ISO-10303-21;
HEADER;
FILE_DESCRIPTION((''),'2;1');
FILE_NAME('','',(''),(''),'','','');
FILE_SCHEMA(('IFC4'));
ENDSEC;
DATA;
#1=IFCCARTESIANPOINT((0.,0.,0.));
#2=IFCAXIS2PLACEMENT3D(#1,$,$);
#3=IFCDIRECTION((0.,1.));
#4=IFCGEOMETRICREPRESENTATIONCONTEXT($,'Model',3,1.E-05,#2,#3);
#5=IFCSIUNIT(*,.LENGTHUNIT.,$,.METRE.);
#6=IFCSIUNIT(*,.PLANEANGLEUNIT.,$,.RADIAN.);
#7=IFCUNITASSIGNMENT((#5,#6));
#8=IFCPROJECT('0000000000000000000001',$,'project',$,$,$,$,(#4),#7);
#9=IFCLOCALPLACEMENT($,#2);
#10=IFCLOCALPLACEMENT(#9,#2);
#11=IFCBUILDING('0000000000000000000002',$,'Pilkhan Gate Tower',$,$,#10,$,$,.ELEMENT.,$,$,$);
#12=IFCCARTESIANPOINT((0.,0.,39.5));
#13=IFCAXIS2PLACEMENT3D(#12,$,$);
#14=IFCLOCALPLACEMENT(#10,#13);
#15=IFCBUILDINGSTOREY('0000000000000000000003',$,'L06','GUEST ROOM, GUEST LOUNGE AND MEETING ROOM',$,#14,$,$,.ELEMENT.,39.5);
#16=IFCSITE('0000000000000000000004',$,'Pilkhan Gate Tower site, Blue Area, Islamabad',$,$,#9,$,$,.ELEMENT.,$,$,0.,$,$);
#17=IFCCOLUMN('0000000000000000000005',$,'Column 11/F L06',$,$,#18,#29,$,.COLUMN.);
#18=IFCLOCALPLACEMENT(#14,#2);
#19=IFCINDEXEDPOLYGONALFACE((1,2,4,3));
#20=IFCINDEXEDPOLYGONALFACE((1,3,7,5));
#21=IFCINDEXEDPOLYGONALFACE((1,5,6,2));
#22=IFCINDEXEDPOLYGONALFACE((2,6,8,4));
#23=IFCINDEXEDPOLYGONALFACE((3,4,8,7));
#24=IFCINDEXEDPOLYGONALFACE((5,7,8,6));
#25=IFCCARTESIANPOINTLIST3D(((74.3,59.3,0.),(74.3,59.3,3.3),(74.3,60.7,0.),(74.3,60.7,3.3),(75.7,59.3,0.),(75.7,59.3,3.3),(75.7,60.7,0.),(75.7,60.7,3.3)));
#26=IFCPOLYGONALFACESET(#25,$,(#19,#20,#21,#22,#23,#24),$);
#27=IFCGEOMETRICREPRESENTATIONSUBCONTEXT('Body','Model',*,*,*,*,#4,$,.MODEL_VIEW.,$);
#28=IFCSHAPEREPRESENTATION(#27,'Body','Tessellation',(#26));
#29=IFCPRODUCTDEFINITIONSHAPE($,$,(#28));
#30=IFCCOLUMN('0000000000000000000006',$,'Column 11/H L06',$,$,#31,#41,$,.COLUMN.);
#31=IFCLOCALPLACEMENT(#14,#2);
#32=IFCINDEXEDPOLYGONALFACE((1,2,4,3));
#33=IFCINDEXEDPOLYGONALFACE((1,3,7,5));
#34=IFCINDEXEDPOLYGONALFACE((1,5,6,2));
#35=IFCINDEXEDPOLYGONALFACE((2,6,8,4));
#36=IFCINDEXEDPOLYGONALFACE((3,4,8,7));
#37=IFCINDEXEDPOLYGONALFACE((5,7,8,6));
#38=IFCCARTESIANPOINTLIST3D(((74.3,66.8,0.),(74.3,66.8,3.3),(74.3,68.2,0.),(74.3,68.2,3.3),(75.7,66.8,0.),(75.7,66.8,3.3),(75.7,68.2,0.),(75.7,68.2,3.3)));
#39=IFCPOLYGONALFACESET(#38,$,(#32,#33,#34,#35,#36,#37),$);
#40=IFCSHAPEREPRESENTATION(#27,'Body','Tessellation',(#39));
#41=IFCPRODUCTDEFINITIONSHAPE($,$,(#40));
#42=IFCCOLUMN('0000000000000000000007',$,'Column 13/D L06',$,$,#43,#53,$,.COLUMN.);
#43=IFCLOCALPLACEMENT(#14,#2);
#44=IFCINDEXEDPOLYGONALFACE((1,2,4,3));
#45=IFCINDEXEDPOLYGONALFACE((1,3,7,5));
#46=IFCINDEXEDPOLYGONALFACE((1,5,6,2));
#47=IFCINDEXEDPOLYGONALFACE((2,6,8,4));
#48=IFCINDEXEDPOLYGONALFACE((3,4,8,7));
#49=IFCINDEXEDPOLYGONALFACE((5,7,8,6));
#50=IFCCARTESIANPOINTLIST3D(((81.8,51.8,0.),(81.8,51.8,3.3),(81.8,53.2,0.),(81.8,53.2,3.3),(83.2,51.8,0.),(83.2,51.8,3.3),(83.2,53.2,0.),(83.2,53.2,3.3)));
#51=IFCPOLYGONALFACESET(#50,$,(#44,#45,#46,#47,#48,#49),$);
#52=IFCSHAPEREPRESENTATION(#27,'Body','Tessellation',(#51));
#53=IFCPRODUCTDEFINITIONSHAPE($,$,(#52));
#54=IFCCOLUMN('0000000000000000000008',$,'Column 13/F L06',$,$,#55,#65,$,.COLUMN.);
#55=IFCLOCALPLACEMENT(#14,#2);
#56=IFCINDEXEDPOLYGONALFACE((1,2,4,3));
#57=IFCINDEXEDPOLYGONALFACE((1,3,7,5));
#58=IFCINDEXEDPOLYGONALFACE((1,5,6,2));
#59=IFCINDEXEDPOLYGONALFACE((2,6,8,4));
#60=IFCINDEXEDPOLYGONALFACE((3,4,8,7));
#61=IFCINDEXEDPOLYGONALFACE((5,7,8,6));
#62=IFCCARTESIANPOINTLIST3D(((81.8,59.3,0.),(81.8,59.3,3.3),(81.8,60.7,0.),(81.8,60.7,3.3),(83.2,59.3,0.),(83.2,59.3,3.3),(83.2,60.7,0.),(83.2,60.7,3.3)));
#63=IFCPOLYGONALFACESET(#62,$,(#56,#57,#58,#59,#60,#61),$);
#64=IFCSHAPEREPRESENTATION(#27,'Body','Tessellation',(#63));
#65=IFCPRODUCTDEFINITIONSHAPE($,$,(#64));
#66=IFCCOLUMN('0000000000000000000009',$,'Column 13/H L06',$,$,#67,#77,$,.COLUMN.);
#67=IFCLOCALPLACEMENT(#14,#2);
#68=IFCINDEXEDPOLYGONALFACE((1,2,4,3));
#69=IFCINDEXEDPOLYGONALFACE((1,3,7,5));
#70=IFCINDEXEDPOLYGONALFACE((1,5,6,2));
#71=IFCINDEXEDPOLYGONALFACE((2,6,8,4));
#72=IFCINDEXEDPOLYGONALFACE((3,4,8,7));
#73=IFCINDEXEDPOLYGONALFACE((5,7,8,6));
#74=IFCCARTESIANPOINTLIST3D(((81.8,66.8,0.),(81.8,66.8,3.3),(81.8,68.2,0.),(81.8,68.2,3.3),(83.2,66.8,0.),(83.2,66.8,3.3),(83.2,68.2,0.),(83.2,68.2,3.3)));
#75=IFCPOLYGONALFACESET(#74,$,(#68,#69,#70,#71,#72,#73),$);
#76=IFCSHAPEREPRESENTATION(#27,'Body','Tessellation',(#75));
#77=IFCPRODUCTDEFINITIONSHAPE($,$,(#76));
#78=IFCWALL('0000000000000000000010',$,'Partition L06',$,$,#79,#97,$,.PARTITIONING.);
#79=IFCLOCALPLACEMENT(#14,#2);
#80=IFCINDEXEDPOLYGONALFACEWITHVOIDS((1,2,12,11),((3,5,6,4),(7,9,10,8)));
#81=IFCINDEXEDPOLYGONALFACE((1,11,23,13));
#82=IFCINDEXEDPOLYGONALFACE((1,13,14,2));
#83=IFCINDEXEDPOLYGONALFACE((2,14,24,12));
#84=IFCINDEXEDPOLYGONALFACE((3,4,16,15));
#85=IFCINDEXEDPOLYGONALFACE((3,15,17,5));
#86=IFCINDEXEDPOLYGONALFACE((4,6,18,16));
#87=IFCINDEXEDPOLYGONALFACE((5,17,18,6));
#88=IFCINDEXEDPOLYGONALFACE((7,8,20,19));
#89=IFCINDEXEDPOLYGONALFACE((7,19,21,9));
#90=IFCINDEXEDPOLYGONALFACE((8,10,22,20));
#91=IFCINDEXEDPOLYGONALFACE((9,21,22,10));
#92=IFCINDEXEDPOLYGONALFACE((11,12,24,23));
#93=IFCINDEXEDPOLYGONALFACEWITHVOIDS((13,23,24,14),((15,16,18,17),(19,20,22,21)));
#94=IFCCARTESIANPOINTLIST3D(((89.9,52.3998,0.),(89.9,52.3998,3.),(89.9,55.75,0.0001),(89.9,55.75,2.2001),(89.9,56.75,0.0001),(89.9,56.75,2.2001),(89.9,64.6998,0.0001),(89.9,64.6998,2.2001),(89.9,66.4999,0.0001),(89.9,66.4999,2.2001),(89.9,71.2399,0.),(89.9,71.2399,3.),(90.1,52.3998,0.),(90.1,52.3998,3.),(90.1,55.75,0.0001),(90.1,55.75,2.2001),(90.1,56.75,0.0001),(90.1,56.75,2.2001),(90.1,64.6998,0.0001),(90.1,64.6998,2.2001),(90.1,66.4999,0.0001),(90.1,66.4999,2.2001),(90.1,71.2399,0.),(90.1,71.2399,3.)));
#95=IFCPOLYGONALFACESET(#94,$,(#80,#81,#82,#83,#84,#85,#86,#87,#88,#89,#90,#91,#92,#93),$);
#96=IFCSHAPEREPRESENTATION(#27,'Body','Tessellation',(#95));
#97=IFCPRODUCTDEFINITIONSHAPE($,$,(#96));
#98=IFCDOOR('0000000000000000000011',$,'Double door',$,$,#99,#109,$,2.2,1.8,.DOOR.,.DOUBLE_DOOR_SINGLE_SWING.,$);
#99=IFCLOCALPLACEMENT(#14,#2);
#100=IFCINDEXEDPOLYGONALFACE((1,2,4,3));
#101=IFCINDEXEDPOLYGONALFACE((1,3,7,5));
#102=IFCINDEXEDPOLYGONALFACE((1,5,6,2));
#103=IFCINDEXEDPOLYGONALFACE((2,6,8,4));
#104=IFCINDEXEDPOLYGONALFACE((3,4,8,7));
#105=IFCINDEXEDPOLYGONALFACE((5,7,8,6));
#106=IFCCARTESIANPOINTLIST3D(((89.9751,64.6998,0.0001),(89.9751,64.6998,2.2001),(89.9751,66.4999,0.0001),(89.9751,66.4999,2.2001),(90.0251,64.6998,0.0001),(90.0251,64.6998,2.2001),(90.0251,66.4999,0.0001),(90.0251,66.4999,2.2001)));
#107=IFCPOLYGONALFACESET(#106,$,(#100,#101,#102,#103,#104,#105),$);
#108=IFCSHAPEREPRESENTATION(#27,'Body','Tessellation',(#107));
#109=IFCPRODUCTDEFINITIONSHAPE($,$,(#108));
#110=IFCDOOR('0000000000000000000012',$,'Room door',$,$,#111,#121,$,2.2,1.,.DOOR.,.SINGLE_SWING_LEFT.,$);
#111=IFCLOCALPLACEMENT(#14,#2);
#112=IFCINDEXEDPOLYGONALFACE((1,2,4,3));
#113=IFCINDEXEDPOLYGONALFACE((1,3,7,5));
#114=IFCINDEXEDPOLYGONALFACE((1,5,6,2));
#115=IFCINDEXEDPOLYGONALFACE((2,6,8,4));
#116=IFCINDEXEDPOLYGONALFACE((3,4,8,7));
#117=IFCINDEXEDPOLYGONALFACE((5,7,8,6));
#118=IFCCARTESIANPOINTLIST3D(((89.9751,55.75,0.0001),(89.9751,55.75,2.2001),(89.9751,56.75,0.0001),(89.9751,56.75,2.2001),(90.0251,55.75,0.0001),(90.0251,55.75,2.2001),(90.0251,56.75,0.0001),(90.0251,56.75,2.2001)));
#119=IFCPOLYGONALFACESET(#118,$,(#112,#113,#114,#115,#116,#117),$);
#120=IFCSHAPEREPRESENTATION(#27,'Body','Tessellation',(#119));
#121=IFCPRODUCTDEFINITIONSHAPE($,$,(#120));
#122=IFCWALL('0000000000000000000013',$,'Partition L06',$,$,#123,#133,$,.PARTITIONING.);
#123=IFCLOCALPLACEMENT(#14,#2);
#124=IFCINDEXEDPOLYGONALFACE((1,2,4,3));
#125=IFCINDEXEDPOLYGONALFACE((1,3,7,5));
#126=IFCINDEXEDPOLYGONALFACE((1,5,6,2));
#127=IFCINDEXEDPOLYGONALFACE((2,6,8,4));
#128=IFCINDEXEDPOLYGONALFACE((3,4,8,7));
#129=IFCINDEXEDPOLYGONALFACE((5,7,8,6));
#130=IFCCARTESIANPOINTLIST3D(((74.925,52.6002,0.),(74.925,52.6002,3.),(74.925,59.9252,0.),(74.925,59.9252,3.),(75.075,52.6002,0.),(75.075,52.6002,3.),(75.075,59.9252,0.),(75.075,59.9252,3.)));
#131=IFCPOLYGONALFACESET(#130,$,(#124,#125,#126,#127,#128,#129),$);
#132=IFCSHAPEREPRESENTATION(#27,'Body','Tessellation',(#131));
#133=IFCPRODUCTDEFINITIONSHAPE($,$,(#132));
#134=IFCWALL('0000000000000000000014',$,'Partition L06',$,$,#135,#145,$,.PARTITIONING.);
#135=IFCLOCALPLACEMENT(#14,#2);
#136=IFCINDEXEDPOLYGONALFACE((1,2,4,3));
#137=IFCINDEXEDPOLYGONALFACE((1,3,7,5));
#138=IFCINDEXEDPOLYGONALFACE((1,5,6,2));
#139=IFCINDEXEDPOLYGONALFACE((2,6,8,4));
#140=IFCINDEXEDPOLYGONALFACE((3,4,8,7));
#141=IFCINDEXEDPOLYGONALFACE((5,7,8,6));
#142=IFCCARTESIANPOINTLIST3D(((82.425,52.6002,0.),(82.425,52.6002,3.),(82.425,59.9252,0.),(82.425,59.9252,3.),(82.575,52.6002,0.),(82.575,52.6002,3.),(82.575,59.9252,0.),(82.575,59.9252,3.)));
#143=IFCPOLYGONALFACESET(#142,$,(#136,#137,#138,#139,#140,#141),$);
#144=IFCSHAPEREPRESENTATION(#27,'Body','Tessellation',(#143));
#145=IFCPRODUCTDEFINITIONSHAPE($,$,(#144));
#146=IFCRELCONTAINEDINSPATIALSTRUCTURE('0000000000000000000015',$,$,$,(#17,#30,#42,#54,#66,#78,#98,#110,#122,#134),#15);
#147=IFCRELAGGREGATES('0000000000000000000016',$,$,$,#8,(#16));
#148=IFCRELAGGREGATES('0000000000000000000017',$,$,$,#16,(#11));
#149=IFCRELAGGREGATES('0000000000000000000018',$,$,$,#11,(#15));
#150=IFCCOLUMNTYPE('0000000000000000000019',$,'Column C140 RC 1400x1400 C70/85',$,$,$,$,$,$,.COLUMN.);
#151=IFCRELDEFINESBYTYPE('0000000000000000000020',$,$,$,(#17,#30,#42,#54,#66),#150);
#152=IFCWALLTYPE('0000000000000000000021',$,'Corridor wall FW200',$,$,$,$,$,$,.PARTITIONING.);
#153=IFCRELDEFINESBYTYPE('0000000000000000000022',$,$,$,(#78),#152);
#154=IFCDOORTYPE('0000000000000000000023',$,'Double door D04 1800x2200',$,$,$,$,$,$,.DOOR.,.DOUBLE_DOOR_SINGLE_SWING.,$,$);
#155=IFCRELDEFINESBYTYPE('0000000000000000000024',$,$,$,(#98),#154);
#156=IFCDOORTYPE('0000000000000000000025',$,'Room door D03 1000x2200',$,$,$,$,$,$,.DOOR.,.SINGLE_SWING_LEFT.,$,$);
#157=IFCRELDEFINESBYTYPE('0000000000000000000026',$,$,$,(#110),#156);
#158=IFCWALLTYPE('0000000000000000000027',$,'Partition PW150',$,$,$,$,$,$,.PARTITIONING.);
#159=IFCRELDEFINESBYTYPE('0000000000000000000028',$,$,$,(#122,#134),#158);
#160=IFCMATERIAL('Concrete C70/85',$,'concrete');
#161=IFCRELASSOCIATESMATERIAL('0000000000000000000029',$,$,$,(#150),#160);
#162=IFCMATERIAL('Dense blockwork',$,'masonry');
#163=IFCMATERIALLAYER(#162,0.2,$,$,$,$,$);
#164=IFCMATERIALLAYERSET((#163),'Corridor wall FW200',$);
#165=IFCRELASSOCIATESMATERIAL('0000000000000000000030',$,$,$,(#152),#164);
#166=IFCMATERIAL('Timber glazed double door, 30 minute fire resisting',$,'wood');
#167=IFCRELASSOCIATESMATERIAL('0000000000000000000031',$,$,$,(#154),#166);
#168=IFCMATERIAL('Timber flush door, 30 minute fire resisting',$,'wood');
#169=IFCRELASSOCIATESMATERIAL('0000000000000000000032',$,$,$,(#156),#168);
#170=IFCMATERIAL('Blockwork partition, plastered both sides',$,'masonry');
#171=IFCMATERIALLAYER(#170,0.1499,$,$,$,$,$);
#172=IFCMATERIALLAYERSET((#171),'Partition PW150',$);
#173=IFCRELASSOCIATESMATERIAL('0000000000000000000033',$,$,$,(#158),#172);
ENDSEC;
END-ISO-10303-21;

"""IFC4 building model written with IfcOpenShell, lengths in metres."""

from ifc_helpers import new_model, si_unit, direction, frame, frame_2d, origin, origin_2d, place, context, subcontext, project, spatial, rectangle, extrude, material, layer, layer_set, material_profile, profile_set, type_object, element, fill, save


model = new_model("IFC4")

# Units and contexts
model_context = context("Model", 3, precision=1e-05, world=origin(), true_north=direction((0.0, 1.0)))
body_context = subcontext(model_context, "Body", "Model", "MODEL_VIEW")
ifc_project = project(units=[si_unit("LENGTHUNIT", "METRE"), si_unit("PLANEANGLEUNIT", "RADIAN")], contexts=[model_context])

# Site, building, storey
site_placement = place(None, origin())
site = spatial("IfcSite", under=ifc_project, at=site_placement, Name="Pilkhan Gate Tower site, Blue Area, Islamabad", CompositionType="ELEMENT", RefElevation=0.0)
building_placement = place(site_placement, origin())
building = spatial("IfcBuilding", under=site, at=building_placement, Name="Pilkhan Gate Tower", CompositionType="ELEMENT")
storey_placement = place(building_placement, frame((0.0, 0.0, 39.5)))
storey = spatial("IfcBuildingStorey", under=building, at=storey_placement, Name="L06", Description="GUEST ROOM, GUEST LOUNGE AND MEETING ROOM", CompositionType="ELEMENT", Elevation=39.5)

# Columns
ifc_material_1 = material(Name="Concrete C70/85", Category="concrete")
ifc_material_profile = material_profile(ifc_material_1, rectangle(XDim=1.3999, YDim=1.3999, at=origin_2d()), Name="RC 1400x1400")
ifc_profile_set = profile_set([ifc_material_profile], Name="Concrete C70/85")
column_type = type_object("IfcColumnType", Name="Column C140 RC 1400x1400 C70/85", PredefinedType="COLUMN", material=ifc_profile_set)
for number, where, z_axis, x_axis, name in (
    (1, (75.0, 60.0, 0.0), (0.0, 0.0, 1.0), (1.0, 0.0, 0.0), "Column 11/F L06"),
    (2, (75.0, 67.5, 0.0), (0.0, 0.0, 1.0), (1.0, 0.0, 0.0), "Column 11/H L06"),
    (3, (82.5, 52.5, 0.0), (0.0, 0.0, 1.0), (1.0, 0.0, 0.0), "Column 13/D L06"),
    (4, (82.5, 60.0, 0.0), (0.0, 0.0, 1.0), (1.0, 0.0, 0.0), "Column 13/F L06"),
    (5, (82.5, 67.5, 0.0), (0.0, 0.0, 1.0), (1.0, 0.0, 0.0), "Column 13/H L06"),
):
    element("IfcColumn", number, at=place(storey_placement, frame(where, z_axis=z_axis, x_axis=x_axis)), inside=storey, type_object=column_type, Name=name, PredefinedType="COLUMN", context=body_context, shape_type="SweptSolid", body=[
        extrude(rectangle(XDim=1.3999, YDim=1.3999, at=origin_2d()), origin(), (0.0, 0.0, 1.0), 3.3),
    ])

# Wall, openings, doors
ifc_material_2 = material(Name="Dense blockwork", Category="masonry")
ifc_layer_1 = layer(ifc_material_2, 0.2)
ifc_layer_set_1 = layer_set([ifc_layer_1], Name="Corridor wall FW200")
wall_type_1 = type_object("IfcWallType", Name="Corridor wall FW200", PredefinedType="PARTITIONING", material=ifc_layer_set_1)
wall_placement = place(storey_placement, frame((90.0, 52.3999, 0.0), z_axis=(0.0, 0.0, 1.0), x_axis=(0.0, 1.0, 0.0)))
wall = element("IfcWall", 6, at=wall_placement, inside=storey, type_object=wall_type_1, Name="Partition L06", PredefinedType="PARTITIONING", context=body_context, shape_type="SweptSolid", body=[
    extrude(rectangle(XDim=18.8401, YDim=0.2, at=frame_2d((9.4199, 0.0))), origin(), (0.0, 0.0, 1.0), 3.0),
])
opening_1_placement = place(wall_placement, frame((3.3501, 0.0, 0.0)))
opening_1 = element("IfcOpeningElement", 7, at=opening_1_placement, cuts=wall, PredefinedType="OPENING", context=body_context, shape_type="SweptSolid", body=[
    extrude(rectangle(XDim=1.0, YDim=2.2, at=frame_2d((0.5, 1.1001))), frame((0.0, 0.1099, 0.0), z_axis=(0.0, -1.0, 0.0), x_axis=(1.0, 0.0, 0.0)), (0.0, 0.0, 1.0), 0.22),
])
opening_2_placement = place(wall_placement, frame((12.3, 0.0, 0.0)))
opening_2 = element("IfcOpeningElement", 8, at=opening_2_placement, cuts=wall, PredefinedType="OPENING", context=body_context, shape_type="SweptSolid", body=[
    extrude(rectangle(XDim=1.8, YDim=2.2, at=frame_2d((0.8999, 1.1001))), frame((0.0, 0.1099, 0.0), z_axis=(0.0, -1.0, 0.0), x_axis=(1.0, 0.0, 0.0)), (0.0, 0.0, 1.0), 0.22),
])
ifc_material_3 = material(Name="Timber glazed double door, 30 minute fire resisting", Category="wood")
door_type_1 = type_object("IfcDoorType", Name="Double door D04 1800x2200", OperationType="DOUBLE_DOOR_SINGLE_SWING", PredefinedType="DOOR", material=ifc_material_3)
door_1_placement = place(opening_2_placement, origin())
door_1 = element("IfcDoor", 9, at=door_1_placement, inside=storey, type_object=door_type_1, Name="Double door", OperationType="DOUBLE_DOOR_SINGLE_SWING", OverallHeight=2.2, OverallWidth=1.8, PredefinedType="DOOR", context=body_context, shape_type="SweptSolid", body=[
    extrude(rectangle(XDim=1.8, YDim=2.2, at=frame_2d((0.8999, 1.1001))), frame((0.0, 0.0249, 0.0), z_axis=(0.0, -1.0, 0.0), x_axis=(1.0, 0.0, 0.0)), (0.0, 0.0, 1.0), 0.05),
])
fill(opening_2, door_1)
ifc_material_4 = material(Name="Timber flush door, 30 minute fire resisting", Category="wood")
door_type_2 = type_object("IfcDoorType", Name="Room door D03 1000x2200", OperationType="SINGLE_SWING_LEFT", PredefinedType="DOOR", material=ifc_material_4)
door_2_placement = place(opening_1_placement, origin())
door_2 = element("IfcDoor", 10, at=door_2_placement, inside=storey, type_object=door_type_2, Name="Room door", OperationType="SINGLE_SWING_LEFT", OverallHeight=2.2, OverallWidth=1.0, PredefinedType="DOOR", context=body_context, shape_type="SweptSolid", body=[
    extrude(rectangle(XDim=1.0, YDim=2.2, at=frame_2d((0.5, 1.1001))), frame((0.0, 0.0249, 0.0), z_axis=(0.0, -1.0, 0.0), x_axis=(1.0, 0.0, 0.0)), (0.0, 0.0, 1.0), 0.05),
])
fill(opening_1, door_2)

# Walls
ifc_material_5 = material(Name="Blockwork partition, plastered both sides", Category="masonry")
ifc_layer_2 = layer(ifc_material_5, 0.1499)
ifc_layer_set_2 = layer_set([ifc_layer_2], Name="Partition PW150")
wall_type_2 = type_object("IfcWallType", Name="Partition PW150", PredefinedType="PARTITIONING", material=ifc_layer_set_2)
for number, where, z_axis, x_axis, name in (
    (11, (75.0, 52.6001, 0.0), (0.0, 0.0, 1.0), (0.0, 1.0, 0.0), "Partition L06"),
    (12, (82.5, 52.6001, 0.0), (0.0, 0.0, 1.0), (0.0, 1.0, 0.0), "Partition L06"),
):
    element("IfcWall", number, at=place(storey_placement, frame(where, z_axis=z_axis, x_axis=x_axis)), inside=storey, type_object=wall_type_2, Name=name, PredefinedType="PARTITIONING", context=body_context, shape_type="SweptSolid", body=[
        extrude(rectangle(XDim=7.325, YDim=0.1499, at=frame_2d((3.6626, 0.0))), origin(), (0.0, 0.0, 1.0), 3.0),
    ])

save(model, "model.ifc")
